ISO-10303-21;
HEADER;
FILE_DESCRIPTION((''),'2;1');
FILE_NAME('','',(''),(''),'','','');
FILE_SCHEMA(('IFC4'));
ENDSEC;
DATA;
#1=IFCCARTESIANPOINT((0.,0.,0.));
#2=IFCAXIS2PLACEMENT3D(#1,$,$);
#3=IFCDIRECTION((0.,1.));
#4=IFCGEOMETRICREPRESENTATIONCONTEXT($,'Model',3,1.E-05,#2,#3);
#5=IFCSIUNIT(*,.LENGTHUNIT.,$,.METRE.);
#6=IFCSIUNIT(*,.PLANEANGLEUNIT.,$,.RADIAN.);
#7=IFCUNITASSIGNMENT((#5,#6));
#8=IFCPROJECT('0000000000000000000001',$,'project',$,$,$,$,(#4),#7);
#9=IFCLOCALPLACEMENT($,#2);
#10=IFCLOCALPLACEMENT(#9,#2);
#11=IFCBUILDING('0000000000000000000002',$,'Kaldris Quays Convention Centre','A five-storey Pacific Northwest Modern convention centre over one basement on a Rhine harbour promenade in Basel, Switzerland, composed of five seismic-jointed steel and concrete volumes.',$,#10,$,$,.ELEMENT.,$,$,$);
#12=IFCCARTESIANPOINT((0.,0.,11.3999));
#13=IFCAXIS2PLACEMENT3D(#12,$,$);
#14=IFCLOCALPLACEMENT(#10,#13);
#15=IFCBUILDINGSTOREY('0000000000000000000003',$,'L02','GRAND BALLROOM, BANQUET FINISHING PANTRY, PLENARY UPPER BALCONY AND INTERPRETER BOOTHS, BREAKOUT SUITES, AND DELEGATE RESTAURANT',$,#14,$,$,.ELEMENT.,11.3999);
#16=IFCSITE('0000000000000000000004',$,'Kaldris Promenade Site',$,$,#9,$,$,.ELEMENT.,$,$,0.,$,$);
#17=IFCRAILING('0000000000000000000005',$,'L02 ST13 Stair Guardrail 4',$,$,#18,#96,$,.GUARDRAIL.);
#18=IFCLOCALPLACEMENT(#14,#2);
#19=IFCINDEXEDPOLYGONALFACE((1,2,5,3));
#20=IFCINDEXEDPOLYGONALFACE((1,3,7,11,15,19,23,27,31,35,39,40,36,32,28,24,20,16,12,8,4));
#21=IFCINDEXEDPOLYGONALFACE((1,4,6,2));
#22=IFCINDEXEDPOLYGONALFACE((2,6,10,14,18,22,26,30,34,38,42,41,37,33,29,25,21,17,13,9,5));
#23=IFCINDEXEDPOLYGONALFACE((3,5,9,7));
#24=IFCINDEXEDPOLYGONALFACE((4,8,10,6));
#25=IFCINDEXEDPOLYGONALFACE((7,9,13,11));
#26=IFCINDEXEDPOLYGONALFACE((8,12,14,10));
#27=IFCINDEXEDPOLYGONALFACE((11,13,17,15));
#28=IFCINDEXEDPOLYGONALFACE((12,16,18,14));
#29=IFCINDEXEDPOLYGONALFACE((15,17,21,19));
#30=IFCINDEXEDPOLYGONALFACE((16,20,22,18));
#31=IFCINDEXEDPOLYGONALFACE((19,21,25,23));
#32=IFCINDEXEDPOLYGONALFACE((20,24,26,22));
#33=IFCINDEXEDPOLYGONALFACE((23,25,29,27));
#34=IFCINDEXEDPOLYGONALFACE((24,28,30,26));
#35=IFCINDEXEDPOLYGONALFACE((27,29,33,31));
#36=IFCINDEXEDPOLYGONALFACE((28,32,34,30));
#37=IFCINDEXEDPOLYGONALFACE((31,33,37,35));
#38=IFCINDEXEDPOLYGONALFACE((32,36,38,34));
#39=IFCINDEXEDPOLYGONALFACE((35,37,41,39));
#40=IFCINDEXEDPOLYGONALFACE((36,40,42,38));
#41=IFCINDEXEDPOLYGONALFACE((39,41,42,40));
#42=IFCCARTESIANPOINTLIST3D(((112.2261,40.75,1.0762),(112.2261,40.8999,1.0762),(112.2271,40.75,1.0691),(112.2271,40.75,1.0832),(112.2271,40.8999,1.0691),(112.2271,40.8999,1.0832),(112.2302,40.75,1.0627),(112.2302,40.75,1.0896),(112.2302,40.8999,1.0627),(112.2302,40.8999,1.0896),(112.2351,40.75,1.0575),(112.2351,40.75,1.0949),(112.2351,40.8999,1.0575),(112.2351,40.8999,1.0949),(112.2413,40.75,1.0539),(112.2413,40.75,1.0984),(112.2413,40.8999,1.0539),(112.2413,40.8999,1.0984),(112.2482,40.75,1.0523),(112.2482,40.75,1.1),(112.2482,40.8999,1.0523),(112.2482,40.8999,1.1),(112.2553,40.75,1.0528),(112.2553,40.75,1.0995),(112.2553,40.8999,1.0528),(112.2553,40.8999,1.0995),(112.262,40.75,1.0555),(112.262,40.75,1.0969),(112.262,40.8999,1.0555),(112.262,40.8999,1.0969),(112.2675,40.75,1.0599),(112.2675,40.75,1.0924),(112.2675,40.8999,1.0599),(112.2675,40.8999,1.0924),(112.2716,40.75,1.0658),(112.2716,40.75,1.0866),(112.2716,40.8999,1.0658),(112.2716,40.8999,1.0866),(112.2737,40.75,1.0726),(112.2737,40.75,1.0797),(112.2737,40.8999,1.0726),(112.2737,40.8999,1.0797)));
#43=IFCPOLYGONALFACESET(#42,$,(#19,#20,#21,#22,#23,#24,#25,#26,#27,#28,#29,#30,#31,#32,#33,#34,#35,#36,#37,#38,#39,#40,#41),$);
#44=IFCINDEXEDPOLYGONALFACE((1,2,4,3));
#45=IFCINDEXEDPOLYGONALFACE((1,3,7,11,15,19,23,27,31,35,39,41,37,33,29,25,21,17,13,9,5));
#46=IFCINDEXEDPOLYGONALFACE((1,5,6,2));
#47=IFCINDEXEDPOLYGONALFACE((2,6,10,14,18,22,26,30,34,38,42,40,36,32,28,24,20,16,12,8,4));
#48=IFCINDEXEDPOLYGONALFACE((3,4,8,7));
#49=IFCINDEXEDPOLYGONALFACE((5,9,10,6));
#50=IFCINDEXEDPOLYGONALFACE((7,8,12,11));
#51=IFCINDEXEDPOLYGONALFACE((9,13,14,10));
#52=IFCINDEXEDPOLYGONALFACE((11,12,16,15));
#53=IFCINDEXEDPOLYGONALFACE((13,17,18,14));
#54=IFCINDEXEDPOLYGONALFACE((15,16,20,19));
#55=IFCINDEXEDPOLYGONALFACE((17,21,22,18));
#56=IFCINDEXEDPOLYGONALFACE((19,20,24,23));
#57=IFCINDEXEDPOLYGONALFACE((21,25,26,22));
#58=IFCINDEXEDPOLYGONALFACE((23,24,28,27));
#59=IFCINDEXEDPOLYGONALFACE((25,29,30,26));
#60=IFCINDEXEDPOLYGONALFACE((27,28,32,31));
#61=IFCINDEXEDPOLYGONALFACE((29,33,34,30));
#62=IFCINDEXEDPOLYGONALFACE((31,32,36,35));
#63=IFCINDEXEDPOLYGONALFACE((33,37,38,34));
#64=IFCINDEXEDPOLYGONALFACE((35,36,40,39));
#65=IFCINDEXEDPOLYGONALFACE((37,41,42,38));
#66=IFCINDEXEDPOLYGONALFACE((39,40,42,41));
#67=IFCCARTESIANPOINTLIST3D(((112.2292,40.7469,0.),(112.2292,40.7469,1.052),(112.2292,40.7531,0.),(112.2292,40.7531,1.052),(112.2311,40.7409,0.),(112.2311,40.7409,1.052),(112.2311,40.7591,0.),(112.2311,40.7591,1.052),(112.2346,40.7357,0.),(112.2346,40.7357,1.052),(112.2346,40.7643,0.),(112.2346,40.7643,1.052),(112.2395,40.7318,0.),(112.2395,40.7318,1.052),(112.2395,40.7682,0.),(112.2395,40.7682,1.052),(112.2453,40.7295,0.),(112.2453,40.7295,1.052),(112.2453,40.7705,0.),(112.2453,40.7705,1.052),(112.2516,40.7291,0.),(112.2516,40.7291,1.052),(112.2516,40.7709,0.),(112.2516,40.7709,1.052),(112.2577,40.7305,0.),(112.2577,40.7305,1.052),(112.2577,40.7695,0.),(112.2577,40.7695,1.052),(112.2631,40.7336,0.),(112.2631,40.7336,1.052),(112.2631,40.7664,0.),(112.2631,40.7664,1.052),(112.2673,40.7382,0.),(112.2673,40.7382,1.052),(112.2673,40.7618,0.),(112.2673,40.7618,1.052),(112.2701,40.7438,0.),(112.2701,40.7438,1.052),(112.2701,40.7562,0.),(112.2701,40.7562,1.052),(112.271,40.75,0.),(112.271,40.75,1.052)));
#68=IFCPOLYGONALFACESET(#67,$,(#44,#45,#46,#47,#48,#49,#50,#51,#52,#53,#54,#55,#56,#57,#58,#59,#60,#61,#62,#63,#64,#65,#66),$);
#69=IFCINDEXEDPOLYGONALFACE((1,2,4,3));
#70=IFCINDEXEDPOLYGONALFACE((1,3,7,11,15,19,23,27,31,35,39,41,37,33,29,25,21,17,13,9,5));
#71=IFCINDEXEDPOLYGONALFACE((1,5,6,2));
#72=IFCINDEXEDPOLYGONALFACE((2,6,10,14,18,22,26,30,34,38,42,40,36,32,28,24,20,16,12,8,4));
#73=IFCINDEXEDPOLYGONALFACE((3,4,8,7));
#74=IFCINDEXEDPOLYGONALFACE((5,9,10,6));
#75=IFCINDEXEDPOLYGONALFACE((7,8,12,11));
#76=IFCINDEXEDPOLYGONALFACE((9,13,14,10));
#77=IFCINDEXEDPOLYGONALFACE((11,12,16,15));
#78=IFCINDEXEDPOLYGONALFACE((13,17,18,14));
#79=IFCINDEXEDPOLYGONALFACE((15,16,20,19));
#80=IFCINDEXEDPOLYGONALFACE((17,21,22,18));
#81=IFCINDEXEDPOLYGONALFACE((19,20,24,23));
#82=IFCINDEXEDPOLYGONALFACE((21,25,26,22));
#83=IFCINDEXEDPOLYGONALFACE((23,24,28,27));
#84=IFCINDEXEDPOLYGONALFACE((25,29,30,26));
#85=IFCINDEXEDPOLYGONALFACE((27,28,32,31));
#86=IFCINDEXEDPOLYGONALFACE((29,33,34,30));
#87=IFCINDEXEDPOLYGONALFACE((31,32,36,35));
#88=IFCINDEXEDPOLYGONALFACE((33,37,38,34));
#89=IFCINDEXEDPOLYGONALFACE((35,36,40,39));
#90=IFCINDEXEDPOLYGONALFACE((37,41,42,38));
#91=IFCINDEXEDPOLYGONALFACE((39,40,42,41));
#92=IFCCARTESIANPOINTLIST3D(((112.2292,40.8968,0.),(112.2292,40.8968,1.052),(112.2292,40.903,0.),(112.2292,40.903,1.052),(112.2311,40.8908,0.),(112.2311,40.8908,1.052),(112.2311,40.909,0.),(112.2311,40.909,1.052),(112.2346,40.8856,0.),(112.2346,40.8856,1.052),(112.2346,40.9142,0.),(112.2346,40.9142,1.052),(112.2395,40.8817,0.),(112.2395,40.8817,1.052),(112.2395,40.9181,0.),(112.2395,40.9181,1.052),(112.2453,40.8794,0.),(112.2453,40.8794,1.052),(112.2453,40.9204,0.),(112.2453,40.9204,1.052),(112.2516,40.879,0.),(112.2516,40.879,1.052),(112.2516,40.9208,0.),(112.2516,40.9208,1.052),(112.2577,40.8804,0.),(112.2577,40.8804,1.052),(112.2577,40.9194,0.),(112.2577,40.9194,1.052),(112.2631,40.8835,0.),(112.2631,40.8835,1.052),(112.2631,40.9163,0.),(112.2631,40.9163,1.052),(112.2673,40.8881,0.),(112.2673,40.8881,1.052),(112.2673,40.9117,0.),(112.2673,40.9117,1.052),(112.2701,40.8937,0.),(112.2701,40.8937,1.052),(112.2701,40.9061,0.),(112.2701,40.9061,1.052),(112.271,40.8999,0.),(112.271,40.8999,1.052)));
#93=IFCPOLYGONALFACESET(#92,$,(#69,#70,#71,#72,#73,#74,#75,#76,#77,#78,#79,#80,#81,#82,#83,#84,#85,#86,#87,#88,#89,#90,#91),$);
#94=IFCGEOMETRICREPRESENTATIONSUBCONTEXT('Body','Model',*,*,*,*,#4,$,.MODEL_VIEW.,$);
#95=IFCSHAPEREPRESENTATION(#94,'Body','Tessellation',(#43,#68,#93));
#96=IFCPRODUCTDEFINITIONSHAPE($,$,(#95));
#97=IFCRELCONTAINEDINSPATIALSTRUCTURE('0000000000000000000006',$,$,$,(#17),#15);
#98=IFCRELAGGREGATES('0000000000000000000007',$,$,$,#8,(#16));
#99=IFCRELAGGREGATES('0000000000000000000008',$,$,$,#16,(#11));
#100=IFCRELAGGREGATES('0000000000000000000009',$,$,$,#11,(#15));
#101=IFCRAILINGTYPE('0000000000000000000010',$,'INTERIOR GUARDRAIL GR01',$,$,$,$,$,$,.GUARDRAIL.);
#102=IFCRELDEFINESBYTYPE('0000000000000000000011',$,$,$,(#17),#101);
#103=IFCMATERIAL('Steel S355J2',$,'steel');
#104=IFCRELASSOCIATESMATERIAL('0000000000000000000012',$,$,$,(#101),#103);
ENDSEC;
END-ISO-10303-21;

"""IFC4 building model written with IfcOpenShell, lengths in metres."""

from ifc_helpers import new_model, si_unit, direction, frame, origin, origin_2d, place, context, subcontext, project, spatial, circle, extrude, material, type_object, element, save


model = new_model("IFC4")

# Units and contexts
model_context = context("Model", 3, precision=1e-05, world=origin(), true_north=direction((0.0, 1.0)))
body_context = subcontext(model_context, "Body", "Model", "MODEL_VIEW")
ifc_project = project(units=[si_unit("LENGTHUNIT", "METRE"), si_unit("PLANEANGLEUNIT", "RADIAN")], contexts=[model_context])

# Site, building, storey
site_placement = place(None, origin())
site = spatial("IfcSite", under=ifc_project, at=site_placement, Name="Kaldris Promenade Site", CompositionType="ELEMENT", RefElevation=0.0)
building_placement = place(site_placement, origin())
building = spatial("IfcBuilding", under=site, at=building_placement, Name="Kaldris Quays Convention Centre", Description="A five-storey Pacific Northwest Modern convention centre over one basement on a Rhine harbour promenade in Basel, Switzerland, composed of five seismic-jointed steel and concrete volumes.", CompositionType="ELEMENT")
storey_placement = place(building_placement, frame((0.0, 0.0, 11.3999)))
storey = spatial("IfcBuildingStorey", under=building, at=storey_placement, Name="L02", Description="GRAND BALLROOM, BANQUET FINISHING PANTRY, PLENARY UPPER BALCONY AND INTERPRETER BOOTHS, BREAKOUT SUITES, AND DELEGATE RESTAURANT", CompositionType="ELEMENT", Elevation=11.3999)

# Railing
ifc_material_1 = material(Name="Steel S355J2", Category="steel")
railing_type_1 = type_object("IfcRailingType", Name="INTERIOR GUARDRAIL GR01", PredefinedType="GUARDRAIL", material=ifc_material_1)
railing_1_placement = place(storey_placement, frame((112.25, 40.75, 0.0)))
element("IfcRailing", 1, at=railing_1_placement, inside=storey, type_object=railing_type_1, Name="L02 ST13 Stair Guardrail 4", PredefinedType="GUARDRAIL", context=body_context, shape_type="SweptSolid", body=[
    extrude(circle(Radius=0.0239, at=origin_2d()), frame((0.0, 0.0, 1.0762), z_axis=(0.0, 1.0, 0.0), x_axis=(-1.0, 0.0, 0.0)), (0.0, 0.0, 1.0), 0.1499),
    extrude(circle(Radius=0.021, at=origin_2d()), origin(), (0.0, 0.0, 1.0), 1.052),
    extrude(circle(Radius=0.021, at=origin_2d()), frame((0.0, 0.1499, 0.0)), (0.0, 0.0, 1.0), 1.052),
])

save(model, "model.ifc")
